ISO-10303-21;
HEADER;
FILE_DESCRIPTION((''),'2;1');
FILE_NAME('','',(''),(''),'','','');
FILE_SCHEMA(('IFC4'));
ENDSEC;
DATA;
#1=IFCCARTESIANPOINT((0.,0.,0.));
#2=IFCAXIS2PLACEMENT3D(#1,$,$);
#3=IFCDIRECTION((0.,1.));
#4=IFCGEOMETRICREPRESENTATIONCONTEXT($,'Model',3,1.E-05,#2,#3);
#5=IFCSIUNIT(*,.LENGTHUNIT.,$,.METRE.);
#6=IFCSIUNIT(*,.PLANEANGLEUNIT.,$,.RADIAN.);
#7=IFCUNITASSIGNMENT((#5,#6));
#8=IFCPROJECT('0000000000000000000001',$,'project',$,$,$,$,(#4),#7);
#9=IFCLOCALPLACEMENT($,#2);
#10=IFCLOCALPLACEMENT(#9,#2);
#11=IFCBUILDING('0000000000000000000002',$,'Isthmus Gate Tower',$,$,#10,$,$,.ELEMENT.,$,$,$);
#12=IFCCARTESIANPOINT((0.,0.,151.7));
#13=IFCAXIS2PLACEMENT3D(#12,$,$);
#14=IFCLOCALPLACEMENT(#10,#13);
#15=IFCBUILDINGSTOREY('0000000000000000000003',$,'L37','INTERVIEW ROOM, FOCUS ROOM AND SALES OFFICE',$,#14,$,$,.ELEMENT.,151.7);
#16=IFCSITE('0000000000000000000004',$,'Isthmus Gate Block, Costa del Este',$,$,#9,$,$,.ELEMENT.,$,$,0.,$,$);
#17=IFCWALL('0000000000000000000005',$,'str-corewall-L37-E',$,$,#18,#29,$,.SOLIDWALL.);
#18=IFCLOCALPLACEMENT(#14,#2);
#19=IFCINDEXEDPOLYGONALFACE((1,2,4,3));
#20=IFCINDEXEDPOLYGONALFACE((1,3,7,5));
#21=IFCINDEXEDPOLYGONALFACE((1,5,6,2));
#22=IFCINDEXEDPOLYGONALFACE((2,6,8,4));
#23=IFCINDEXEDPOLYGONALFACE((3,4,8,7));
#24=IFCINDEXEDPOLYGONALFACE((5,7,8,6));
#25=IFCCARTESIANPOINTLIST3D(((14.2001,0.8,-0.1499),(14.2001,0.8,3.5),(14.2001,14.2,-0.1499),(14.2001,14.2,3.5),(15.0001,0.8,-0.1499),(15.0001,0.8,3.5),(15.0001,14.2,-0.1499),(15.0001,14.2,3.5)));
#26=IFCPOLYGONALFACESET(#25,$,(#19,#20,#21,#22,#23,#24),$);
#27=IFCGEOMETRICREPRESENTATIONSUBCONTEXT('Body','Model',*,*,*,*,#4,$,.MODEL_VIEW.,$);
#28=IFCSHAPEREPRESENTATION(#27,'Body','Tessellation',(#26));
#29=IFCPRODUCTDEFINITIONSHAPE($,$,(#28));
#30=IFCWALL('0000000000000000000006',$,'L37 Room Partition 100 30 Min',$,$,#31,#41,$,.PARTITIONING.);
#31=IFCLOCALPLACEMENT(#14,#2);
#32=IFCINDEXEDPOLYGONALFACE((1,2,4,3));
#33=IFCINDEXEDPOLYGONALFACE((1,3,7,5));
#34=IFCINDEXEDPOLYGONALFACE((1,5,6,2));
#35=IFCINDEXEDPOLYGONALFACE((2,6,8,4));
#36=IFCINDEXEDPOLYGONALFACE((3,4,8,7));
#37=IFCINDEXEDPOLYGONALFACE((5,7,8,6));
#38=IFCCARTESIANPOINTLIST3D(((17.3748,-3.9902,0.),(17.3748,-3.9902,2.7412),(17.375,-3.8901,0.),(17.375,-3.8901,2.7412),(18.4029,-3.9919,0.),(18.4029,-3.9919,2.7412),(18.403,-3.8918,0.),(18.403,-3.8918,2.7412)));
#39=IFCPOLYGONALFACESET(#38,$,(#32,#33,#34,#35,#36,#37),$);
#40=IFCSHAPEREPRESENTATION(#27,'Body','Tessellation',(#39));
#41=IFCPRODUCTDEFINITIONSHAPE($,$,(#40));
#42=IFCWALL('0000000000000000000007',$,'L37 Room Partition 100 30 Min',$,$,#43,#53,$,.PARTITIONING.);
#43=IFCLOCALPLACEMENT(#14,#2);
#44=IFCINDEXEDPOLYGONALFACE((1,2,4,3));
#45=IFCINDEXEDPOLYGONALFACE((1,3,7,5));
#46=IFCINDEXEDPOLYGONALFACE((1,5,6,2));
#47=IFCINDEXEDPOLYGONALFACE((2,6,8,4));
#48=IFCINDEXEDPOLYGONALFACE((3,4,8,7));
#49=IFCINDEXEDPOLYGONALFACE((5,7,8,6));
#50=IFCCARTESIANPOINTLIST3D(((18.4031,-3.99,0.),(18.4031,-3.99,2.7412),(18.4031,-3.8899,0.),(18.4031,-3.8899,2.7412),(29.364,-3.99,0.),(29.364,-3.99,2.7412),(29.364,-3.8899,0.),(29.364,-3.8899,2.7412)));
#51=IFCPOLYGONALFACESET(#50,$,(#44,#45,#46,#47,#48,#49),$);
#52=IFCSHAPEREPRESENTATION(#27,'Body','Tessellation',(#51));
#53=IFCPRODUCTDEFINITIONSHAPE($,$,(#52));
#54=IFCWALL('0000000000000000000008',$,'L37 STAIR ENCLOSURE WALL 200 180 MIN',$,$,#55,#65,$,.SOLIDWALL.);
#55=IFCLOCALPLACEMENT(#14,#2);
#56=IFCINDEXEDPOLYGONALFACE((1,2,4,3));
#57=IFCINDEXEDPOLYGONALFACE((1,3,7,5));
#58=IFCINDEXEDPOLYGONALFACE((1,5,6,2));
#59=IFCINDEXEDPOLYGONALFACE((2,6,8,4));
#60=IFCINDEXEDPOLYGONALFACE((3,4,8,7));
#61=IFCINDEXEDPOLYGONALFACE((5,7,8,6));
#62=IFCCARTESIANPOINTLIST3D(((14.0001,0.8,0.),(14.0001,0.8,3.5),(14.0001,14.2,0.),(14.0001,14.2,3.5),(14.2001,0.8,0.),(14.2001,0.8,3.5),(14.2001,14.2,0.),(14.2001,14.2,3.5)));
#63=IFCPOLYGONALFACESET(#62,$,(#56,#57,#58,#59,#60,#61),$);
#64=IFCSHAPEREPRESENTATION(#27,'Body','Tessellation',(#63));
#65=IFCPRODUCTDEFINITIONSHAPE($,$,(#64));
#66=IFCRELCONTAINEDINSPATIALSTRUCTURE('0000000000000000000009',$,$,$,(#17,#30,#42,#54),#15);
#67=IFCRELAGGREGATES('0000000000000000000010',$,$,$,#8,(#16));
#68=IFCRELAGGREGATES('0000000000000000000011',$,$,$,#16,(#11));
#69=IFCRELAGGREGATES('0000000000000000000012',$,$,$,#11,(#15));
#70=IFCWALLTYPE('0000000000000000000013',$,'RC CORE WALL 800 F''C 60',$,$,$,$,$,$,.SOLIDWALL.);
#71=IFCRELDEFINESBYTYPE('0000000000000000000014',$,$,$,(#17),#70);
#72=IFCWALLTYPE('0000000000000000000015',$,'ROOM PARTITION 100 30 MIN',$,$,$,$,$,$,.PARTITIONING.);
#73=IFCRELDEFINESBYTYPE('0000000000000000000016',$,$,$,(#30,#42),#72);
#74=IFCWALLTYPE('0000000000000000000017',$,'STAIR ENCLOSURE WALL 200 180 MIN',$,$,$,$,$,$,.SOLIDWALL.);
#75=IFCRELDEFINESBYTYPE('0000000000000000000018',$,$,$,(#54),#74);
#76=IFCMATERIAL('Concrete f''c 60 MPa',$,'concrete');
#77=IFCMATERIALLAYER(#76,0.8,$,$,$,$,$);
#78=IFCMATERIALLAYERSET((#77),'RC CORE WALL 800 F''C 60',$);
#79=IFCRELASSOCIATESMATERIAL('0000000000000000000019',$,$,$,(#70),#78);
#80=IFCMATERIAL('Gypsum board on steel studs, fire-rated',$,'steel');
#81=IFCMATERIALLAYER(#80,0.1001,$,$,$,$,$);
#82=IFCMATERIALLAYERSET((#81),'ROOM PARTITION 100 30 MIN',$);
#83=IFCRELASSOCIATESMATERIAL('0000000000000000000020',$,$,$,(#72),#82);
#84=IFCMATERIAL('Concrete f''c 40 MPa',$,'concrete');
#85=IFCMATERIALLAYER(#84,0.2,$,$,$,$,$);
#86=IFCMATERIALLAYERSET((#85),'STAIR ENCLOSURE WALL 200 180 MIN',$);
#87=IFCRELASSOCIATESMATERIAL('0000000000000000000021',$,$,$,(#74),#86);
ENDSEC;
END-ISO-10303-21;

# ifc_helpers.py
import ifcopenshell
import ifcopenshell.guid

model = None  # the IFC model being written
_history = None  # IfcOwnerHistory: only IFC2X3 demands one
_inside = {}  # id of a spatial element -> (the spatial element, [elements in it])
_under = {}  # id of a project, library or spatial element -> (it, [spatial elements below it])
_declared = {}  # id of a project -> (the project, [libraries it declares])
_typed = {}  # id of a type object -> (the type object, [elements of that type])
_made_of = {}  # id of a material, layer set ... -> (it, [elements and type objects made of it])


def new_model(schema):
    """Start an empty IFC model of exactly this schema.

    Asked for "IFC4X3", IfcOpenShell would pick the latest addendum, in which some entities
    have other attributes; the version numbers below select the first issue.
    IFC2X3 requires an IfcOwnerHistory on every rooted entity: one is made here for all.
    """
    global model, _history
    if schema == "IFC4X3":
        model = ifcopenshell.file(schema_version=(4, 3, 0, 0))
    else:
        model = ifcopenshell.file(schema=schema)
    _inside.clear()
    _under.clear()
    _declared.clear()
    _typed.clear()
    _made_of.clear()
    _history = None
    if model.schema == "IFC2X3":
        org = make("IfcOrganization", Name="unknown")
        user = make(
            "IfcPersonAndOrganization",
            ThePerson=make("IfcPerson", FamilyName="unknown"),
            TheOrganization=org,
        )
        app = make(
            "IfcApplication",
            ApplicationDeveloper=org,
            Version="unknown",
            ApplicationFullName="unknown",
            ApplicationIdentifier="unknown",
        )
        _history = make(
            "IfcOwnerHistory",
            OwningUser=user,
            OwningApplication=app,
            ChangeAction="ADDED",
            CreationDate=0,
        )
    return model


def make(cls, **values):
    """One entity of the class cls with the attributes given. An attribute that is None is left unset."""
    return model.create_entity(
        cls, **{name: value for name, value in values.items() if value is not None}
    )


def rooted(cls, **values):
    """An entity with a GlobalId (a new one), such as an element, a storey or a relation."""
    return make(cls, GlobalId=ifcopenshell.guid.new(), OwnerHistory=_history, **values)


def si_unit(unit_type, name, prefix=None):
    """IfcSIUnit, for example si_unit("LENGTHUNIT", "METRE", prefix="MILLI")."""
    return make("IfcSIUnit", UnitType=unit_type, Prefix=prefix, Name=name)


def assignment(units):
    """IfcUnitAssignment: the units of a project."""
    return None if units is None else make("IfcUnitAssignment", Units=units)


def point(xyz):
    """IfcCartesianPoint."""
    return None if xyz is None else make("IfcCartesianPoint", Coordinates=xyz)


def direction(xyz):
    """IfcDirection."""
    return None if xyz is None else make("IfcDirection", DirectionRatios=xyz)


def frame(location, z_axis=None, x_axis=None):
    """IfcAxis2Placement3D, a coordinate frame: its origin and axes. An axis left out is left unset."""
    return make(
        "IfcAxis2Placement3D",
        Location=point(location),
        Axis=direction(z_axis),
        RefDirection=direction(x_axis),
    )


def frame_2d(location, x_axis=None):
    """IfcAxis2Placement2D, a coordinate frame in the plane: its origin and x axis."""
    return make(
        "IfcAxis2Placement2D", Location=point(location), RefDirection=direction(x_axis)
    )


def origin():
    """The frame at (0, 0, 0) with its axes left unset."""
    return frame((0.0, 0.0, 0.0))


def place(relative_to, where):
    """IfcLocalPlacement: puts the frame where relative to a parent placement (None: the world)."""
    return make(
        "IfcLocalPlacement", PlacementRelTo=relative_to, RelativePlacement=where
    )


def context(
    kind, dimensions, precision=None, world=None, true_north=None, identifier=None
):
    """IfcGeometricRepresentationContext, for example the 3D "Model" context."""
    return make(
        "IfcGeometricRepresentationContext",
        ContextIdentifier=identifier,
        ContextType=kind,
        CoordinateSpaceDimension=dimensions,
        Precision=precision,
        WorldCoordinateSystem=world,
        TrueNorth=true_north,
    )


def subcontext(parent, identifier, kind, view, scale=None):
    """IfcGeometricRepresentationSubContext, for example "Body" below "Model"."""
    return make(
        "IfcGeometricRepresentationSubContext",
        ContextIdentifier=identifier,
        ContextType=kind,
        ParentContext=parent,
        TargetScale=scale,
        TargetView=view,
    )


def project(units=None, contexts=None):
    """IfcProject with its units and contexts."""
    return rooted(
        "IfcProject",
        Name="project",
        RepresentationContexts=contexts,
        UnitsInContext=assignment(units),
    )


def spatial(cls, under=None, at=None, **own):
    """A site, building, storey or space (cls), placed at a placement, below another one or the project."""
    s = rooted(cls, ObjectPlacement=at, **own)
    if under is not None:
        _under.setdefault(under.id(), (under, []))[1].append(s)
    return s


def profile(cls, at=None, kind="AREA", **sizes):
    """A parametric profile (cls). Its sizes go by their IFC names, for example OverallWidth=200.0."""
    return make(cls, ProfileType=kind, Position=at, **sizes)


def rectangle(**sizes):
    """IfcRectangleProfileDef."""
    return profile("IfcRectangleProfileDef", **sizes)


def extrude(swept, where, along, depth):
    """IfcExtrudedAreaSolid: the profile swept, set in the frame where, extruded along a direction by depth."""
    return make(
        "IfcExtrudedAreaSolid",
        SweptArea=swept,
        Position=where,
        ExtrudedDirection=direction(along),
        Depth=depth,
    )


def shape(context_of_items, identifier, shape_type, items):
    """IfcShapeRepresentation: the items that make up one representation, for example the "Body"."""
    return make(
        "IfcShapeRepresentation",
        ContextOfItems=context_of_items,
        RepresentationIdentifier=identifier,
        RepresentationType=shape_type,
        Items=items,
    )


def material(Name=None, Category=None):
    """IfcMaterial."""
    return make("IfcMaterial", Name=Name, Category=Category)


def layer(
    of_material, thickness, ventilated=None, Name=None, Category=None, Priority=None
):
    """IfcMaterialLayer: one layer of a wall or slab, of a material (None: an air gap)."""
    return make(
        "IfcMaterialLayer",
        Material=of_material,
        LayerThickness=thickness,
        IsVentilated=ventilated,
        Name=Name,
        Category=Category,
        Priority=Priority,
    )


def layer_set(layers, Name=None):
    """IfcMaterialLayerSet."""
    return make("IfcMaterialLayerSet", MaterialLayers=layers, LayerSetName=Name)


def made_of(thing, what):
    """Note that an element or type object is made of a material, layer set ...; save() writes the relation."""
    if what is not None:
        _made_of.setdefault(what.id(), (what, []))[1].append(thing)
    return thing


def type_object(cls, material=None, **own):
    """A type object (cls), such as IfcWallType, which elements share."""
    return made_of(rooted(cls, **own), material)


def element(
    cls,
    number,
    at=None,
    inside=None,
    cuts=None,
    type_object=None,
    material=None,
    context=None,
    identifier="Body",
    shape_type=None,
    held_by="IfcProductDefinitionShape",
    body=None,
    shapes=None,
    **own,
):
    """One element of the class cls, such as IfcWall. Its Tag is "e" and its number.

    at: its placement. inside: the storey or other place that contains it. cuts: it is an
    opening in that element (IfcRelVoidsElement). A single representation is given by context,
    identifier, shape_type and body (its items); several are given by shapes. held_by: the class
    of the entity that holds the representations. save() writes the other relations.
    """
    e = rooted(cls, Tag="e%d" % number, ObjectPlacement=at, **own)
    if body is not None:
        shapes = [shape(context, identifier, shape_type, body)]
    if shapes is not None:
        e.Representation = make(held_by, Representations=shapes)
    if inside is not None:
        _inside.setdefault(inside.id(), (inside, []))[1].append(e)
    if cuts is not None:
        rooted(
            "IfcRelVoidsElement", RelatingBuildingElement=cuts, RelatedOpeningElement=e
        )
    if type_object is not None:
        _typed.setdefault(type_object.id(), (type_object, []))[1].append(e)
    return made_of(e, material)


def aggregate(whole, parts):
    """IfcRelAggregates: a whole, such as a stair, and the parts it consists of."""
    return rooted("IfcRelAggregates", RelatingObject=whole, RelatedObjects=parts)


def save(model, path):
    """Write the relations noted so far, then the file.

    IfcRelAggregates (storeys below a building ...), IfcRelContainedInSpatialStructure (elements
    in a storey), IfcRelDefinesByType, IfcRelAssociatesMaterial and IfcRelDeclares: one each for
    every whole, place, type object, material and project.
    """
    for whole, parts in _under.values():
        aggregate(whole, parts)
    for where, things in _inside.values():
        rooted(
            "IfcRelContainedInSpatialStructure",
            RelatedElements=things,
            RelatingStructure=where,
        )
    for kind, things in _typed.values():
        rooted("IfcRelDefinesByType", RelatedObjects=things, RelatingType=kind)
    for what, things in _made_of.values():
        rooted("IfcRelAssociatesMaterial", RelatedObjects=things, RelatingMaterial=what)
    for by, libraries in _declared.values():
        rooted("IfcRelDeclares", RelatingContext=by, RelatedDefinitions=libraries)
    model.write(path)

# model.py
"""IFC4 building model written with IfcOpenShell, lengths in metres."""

from ifc_helpers import new_model, si_unit, direction, frame, frame_2d, origin, place, context, subcontext, project, spatial, rectangle, extrude, material, layer, layer_set, type_object, element, save


model = new_model("IFC4")

# Units and contexts
model_context = context("Model", 3, precision=1e-05, world=origin(), true_north=direction((0.0, 1.0)))
body_context = subcontext(model_context, "Body", "Model", "MODEL_VIEW")
ifc_project = project(units=[si_unit("LENGTHUNIT", "METRE"), si_unit("PLANEANGLEUNIT", "RADIAN")], contexts=[model_context])

# Site, building, storey
site_placement = place(None, origin())
site = spatial("IfcSite", under=ifc_project, at=site_placement, Name="Isthmus Gate Block, Costa del Este", CompositionType="ELEMENT", RefElevation=0.0)
building_placement = place(site_placement, origin())
building = spatial("IfcBuilding", under=site, at=building_placement, Name="Isthmus Gate Tower", CompositionType="ELEMENT")
storey_placement = place(building_placement, frame((0.0, 0.0, 151.7)))
storey = spatial("IfcBuildingStorey", under=building, at=storey_placement, Name="L37", Description="INTERVIEW ROOM, FOCUS ROOM AND SALES OFFICE", CompositionType="ELEMENT", Elevation=151.7)

# Walls
ifc_material_1 = material(Name="Concrete f'c 60 MPa", Category="concrete")
ifc_layer_1 = layer(ifc_material_1, 0.8)
ifc_layer_set_1 = layer_set([ifc_layer_1], Name="RC CORE WALL 800 F'C 60")
wall_type_1 = type_object("IfcWallType", Name="RC CORE WALL 800 F'C 60", PredefinedType="SOLIDWALL", material=ifc_layer_set_1)
wall_1_placement = place(storey_placement, frame((14.6001, 0.8, -0.1499), z_axis=(0.0, 0.0, 1.0), x_axis=(0.0, 1.0, 0.0)))
element("IfcWall", 1, at=wall_1_placement, inside=storey, type_object=wall_type_1, Name="str-corewall-L37-E", PredefinedType="SOLIDWALL", context=body_context, shape_type="SweptSolid", body=[
    extrude(rectangle(XDim=13.3999, YDim=0.8, at=frame_2d((6.7, 0.0))), origin(), (0.0, 0.0, 1.0), 3.6499),
])
ifc_material_2 = material(Name="Gypsum board on steel studs, fire-rated", Category="steel")
ifc_layer_2 = layer(ifc_material_2, 0.1001)
ifc_layer_set_2 = layer_set([ifc_layer_2], Name="ROOM PARTITION 100 30 MIN")
wall_type_2 = type_object("IfcWallType", Name="ROOM PARTITION 100 30 MIN", PredefinedType="PARTITIONING", material=ifc_layer_set_2)
wall_2_placement = place(storey_placement, frame((18.4031, -3.9419, 0.0), z_axis=(0.0, 0.0, 1.0), x_axis=(-0.999999, 0.001662, 0.0)))
element("IfcWall", 2, at=wall_2_placement, inside=storey, type_object=wall_type_2, Name="L37 Room Partition 100 30 Min", PredefinedType="PARTITIONING", context=body_context, shape_type="SweptSolid", body=[
    extrude(rectangle(XDim=1.0281, YDim=0.1001, at=frame_2d((0.5142, 0.0))), origin(), (0.0, 0.0, 1.0), 2.7412),
])
wall_3_placement = place(storey_placement, frame((18.4031, -3.9399, 0.0), z_axis=(0.0, 0.0, 1.0), x_axis=(1.0, 0.0, 0.0)))
element("IfcWall", 3, at=wall_3_placement, inside=storey, type_object=wall_type_2, Name="L37 Room Partition 100 30 Min", PredefinedType="PARTITIONING", context=body_context, shape_type="SweptSolid", body=[
    extrude(rectangle(XDim=10.9609, YDim=0.1001, at=frame_2d((5.4805, 0.0))), origin(), (0.0, 0.0, 1.0), 2.7412),
])
ifc_material_3 = material(Name="Concrete f'c 40 MPa", Category="concrete")
ifc_layer_3 = layer(ifc_material_3, 0.2)
ifc_layer_set_3 = layer_set([ifc_layer_3], Name="STAIR ENCLOSURE WALL 200 180 MIN")
wall_type_3 = type_object("IfcWallType", Name="STAIR ENCLOSURE WALL 200 180 MIN", PredefinedType="SOLIDWALL", material=ifc_layer_set_3)
wall_4_placement = place(storey_placement, frame((14.1001, 0.8, 0.0), z_axis=(0.0, 0.0, 1.0), x_axis=(0.0, 1.0, 0.0)))
element("IfcWall", 4, at=wall_4_placement, inside=storey, type_object=wall_type_3, Name="L37 STAIR ENCLOSURE WALL 200 180 MIN", PredefinedType="SOLIDWALL", context=body_context, shape_type="SweptSolid", body=[
    extrude(rectangle(XDim=13.3999, YDim=0.2, at=frame_2d((6.7, 0.0))), origin(), (0.0, 0.0, 1.0), 3.5),
])

save(model, "model.ifc")
